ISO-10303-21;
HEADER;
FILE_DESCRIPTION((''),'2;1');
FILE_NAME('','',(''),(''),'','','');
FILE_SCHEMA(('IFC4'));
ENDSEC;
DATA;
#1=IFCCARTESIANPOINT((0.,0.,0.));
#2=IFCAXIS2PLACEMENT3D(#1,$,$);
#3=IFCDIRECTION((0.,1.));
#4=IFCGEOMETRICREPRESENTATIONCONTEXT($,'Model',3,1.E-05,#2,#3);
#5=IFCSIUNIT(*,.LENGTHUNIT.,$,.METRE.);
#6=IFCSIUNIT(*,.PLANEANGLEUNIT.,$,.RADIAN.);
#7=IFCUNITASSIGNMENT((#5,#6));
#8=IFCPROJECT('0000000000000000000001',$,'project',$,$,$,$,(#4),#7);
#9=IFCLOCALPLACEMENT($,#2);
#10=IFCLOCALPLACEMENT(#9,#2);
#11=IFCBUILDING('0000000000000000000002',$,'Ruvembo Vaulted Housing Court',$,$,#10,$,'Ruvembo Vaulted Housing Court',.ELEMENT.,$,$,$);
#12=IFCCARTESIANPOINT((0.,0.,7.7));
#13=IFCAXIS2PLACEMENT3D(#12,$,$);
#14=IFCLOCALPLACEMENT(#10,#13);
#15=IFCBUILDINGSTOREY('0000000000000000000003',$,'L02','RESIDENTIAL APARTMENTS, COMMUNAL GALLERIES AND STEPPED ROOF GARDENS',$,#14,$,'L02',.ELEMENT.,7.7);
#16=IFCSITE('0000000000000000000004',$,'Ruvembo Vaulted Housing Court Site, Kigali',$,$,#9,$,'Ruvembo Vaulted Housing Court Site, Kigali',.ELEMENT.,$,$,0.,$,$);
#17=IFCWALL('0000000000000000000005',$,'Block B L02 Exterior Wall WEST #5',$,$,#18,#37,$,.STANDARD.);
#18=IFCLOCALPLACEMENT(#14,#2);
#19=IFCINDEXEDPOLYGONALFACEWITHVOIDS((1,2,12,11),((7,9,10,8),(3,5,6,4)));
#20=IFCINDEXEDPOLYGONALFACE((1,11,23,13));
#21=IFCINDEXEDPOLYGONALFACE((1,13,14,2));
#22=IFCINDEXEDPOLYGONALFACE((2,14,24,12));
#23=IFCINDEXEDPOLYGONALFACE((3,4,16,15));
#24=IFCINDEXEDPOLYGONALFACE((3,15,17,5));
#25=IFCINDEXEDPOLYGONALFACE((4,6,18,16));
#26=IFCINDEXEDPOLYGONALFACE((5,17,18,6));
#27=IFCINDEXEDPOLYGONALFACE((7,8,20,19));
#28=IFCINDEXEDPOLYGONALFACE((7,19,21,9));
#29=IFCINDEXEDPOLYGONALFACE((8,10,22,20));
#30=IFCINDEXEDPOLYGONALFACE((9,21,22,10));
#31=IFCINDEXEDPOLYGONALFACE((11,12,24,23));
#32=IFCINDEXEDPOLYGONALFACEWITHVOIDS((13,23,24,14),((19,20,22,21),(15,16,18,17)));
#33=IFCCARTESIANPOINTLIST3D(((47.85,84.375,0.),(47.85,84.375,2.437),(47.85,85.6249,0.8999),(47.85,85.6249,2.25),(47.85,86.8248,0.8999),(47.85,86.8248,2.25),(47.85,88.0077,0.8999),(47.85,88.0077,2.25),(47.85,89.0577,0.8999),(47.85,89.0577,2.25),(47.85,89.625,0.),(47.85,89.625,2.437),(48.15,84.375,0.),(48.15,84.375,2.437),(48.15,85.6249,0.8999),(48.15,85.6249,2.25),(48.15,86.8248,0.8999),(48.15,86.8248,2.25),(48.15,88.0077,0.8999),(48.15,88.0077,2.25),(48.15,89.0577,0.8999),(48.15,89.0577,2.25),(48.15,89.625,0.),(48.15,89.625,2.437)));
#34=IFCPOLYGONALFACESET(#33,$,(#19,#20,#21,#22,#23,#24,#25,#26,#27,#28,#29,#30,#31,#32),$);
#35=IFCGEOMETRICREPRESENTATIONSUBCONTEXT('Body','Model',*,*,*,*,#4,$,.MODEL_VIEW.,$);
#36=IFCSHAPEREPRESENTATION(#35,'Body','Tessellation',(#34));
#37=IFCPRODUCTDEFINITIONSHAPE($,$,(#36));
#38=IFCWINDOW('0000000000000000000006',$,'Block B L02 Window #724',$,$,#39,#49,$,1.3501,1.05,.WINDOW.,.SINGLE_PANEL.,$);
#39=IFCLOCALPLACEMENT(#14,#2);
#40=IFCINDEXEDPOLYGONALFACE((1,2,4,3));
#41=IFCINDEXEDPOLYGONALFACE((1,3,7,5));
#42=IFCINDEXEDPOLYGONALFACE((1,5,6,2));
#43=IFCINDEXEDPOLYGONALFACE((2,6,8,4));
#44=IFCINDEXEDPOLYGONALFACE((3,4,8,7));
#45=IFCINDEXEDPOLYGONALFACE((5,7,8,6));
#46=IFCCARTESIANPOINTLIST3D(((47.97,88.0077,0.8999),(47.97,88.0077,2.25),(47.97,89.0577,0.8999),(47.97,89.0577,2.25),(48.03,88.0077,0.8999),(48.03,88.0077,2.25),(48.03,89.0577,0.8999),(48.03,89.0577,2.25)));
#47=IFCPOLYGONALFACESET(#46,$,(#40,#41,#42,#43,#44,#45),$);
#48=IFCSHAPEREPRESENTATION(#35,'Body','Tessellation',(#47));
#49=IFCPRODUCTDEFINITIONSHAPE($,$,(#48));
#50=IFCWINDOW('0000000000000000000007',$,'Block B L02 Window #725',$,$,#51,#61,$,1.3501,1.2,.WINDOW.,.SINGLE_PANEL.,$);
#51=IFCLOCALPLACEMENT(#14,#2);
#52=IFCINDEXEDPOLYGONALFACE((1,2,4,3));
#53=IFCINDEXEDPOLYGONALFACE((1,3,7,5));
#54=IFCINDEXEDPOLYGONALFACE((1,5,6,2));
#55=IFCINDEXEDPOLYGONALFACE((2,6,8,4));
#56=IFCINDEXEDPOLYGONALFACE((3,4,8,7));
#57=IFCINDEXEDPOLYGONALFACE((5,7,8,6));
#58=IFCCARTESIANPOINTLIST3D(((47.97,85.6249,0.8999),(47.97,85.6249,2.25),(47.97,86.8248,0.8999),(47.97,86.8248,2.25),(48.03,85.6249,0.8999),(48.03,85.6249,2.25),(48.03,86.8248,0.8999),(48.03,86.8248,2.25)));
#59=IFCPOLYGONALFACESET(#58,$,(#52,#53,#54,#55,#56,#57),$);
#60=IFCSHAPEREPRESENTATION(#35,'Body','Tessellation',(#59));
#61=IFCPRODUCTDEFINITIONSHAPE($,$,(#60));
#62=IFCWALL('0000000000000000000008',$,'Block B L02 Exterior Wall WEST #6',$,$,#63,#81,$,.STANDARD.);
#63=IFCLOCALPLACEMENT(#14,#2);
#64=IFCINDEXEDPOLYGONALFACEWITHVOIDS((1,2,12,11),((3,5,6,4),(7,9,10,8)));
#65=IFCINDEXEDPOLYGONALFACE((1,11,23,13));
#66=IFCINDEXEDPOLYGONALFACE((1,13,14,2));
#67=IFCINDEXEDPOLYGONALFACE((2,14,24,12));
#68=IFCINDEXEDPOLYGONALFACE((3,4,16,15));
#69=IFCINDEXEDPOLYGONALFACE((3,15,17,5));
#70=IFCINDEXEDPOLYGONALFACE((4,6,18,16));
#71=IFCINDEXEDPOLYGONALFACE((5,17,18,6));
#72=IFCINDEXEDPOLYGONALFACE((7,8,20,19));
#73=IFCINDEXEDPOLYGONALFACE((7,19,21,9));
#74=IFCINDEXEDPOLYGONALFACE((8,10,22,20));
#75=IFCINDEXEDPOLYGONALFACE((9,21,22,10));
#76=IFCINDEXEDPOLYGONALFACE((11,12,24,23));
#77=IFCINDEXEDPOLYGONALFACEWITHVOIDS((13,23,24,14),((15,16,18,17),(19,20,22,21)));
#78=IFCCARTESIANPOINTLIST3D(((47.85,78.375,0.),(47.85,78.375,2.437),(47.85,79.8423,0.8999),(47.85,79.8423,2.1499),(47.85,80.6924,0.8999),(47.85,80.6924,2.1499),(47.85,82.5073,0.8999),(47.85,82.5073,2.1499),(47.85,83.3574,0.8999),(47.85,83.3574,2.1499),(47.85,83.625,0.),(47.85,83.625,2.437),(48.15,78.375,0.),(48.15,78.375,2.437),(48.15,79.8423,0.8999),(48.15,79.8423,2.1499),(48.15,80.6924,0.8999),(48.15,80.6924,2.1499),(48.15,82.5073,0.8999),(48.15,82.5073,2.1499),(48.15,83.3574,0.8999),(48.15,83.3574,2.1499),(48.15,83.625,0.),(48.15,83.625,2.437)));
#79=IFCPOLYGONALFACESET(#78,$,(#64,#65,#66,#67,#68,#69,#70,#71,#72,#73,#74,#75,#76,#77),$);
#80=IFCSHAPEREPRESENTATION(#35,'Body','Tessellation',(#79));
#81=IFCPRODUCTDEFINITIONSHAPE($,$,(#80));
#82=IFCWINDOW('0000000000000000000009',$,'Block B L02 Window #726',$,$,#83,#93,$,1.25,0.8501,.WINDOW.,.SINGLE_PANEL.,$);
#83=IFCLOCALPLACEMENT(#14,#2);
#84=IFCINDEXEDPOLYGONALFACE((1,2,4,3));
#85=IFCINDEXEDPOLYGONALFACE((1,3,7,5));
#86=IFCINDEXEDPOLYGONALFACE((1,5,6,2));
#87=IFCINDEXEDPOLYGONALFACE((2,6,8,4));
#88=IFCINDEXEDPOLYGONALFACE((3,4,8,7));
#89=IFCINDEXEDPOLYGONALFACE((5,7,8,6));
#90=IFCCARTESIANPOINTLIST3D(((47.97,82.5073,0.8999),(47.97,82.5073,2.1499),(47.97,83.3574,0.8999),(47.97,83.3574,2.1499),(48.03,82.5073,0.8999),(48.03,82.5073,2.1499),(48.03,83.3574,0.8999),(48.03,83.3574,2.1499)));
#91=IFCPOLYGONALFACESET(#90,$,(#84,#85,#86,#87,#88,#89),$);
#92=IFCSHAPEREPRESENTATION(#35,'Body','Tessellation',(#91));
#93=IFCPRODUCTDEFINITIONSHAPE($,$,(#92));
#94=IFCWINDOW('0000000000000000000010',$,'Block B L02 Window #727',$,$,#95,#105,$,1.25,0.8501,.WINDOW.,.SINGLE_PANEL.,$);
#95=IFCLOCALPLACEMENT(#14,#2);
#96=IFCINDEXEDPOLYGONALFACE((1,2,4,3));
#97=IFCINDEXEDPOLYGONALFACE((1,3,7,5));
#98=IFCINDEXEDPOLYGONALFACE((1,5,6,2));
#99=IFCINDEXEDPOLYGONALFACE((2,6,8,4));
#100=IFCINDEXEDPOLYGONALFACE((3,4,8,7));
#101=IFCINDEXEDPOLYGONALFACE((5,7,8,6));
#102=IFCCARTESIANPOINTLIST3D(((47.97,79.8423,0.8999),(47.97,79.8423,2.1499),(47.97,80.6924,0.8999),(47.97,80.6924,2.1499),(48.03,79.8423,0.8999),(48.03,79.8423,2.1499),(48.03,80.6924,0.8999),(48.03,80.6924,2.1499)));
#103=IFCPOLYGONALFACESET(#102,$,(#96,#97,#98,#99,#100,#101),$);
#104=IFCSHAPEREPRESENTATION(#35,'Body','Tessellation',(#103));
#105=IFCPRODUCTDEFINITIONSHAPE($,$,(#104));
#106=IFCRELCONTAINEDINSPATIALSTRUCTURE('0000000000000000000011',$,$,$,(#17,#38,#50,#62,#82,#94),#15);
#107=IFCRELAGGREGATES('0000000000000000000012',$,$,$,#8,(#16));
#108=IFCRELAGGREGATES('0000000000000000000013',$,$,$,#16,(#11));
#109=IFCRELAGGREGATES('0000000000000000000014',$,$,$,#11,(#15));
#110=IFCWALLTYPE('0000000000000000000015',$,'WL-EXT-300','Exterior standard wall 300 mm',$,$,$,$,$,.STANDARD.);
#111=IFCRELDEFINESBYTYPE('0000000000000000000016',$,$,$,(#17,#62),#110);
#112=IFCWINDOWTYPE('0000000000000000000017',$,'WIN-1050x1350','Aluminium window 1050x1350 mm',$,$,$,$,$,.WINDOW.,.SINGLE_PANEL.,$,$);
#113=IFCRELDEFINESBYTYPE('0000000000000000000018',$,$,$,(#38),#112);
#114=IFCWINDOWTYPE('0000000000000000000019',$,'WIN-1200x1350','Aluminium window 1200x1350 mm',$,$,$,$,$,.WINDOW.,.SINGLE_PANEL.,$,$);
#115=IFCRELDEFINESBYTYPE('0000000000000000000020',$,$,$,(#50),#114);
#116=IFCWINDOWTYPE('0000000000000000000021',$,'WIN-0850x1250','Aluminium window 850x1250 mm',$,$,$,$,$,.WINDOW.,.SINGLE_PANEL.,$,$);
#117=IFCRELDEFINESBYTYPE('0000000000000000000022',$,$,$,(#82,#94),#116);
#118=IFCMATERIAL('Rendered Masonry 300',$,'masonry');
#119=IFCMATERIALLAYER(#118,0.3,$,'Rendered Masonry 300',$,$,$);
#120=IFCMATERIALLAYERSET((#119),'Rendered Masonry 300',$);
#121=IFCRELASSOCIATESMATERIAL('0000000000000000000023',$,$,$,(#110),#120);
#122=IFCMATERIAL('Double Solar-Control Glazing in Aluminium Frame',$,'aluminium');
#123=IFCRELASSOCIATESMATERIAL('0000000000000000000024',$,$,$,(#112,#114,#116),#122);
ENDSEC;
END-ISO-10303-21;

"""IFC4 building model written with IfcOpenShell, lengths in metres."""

from ifc_helpers import new_model, si_unit, direction, frame, frame_2d, origin, place, context, subcontext, project, spatial, rectangle, extrude, material, layer, layer_set, type_object, element, fill, save


model = new_model("IFC4")

# Units and contexts
model_context = context("Model", 3, precision=1e-05, world=origin(), true_north=direction((0.0, 1.0)))
body_context = subcontext(model_context, "Body", "Model", "MODEL_VIEW")
ifc_project = project(units=[si_unit("LENGTHUNIT", "METRE"), si_unit("PLANEANGLEUNIT", "RADIAN")], contexts=[model_context])

# Site, building, storey
site_placement = place(None, origin())
site = spatial("IfcSite", under=ifc_project, at=site_placement, Name="Ruvembo Vaulted Housing Court Site, Kigali", LongName="Ruvembo Vaulted Housing Court Site, Kigali", CompositionType="ELEMENT", RefElevation=0.0)
building_placement = place(site_placement, origin())
building = spatial("IfcBuilding", under=site, at=building_placement, Name="Ruvembo Vaulted Housing Court", LongName="Ruvembo Vaulted Housing Court", CompositionType="ELEMENT")
storey_placement = place(building_placement, frame((0.0, 0.0, 7.7)))
storey = spatial("IfcBuildingStorey", under=building, at=storey_placement, Name="L02", Description="RESIDENTIAL APARTMENTS, COMMUNAL GALLERIES AND STEPPED ROOF GARDENS", LongName="L02", CompositionType="ELEMENT", Elevation=7.7)

# Walls, openings, windows
ifc_material_1 = material(Name="Rendered Masonry 300", Category="masonry")
ifc_layer_1 = layer(ifc_material_1, 0.3, Name="Rendered Masonry 300")
ifc_layer_set_1 = layer_set([ifc_layer_1], Name="Rendered Masonry 300")
wall_type = type_object("IfcWallType", Name="WL-EXT-300", Description="Exterior standard wall 300 mm", PredefinedType="STANDARD", material=ifc_layer_set_1)
wall_1_placement = place(storey_placement, frame((48.0, 89.625, 0.0), z_axis=(0.0, 0.0, 1.0), x_axis=(0.0, -1.0, 0.0)))
wall_1 = element("IfcWall", 1, at=wall_1_placement, inside=storey, type_object=wall_type, Name="Block B L02 Exterior Wall WEST #5", PredefinedType="STANDARD", context=body_context, shape_type="SweptSolid", body=[
    extrude(rectangle(XDim=5.25, YDim=0.3, at=frame_2d((2.625, 0.0))), origin(), (0.0, 0.0, 1.0), 2.437),
])
opening_1_placement = place(wall_1_placement, frame((0.5674, 0.0, 0.8999)))
opening_1 = element("IfcOpeningElement", 2, at=opening_1_placement, cuts=wall_1, PredefinedType="OPENING", context=body_context, shape_type="SweptSolid", body=[
    extrude(rectangle(XDim=1.05, YDim=1.3501, at=frame_2d((0.5249, 0.675))), frame((0.0, 0.1599, 0.0), z_axis=(0.0, -1.0, 0.0), x_axis=(1.0, 0.0, 0.0)), (0.0, 0.0, 1.0), 0.3201),
])
opening_2_placement = place(wall_1_placement, frame((2.8, 0.0, 0.8999)))
opening_2 = element("IfcOpeningElement", 3, at=opening_2_placement, cuts=wall_1, PredefinedType="OPENING", context=body_context, shape_type="SweptSolid", body=[
    extrude(rectangle(XDim=1.2, YDim=1.3501, at=frame_2d((0.6001, 0.675))), frame((0.0, 0.1599, 0.0), z_axis=(0.0, -1.0, 0.0), x_axis=(1.0, 0.0, 0.0)), (0.0, 0.0, 1.0), 0.3201),
])
ifc_material_2 = material(Name="Double Solar-Control Glazing in Aluminium Frame", Category="aluminium")
window_type_1 = type_object("IfcWindowType", Name="WIN-1050x1350", Description="Aluminium window 1050x1350 mm", PartitioningType="SINGLE_PANEL", PredefinedType="WINDOW", material=ifc_material_2)
window_1_placement = place(opening_1_placement, origin())
window_1 = element("IfcWindow", 4, at=window_1_placement, inside=storey, type_object=window_type_1, Name="Block B L02 Window #724", OverallHeight=1.3501, OverallWidth=1.05, PartitioningType="SINGLE_PANEL", PredefinedType="WINDOW", context=body_context, shape_type="SweptSolid", body=[
    extrude(rectangle(XDim=1.05, YDim=1.3501, at=frame_2d((0.5249, 0.675))), frame((0.0, 0.03, 0.0), z_axis=(0.0, -1.0, 0.0), x_axis=(1.0, 0.0, 0.0)), (0.0, 0.0, 1.0), 0.0601),
])
fill(opening_1, window_1)
window_type_2 = type_object("IfcWindowType", Name="WIN-1200x1350", Description="Aluminium window 1200x1350 mm", PartitioningType="SINGLE_PANEL", PredefinedType="WINDOW", material=ifc_material_2)
window_2_placement = place(opening_2_placement, origin())
window_2 = element("IfcWindow", 5, at=window_2_placement, inside=storey, type_object=window_type_2, Name="Block B L02 Window #725", OverallHeight=1.3501, OverallWidth=1.2, PartitioningType="SINGLE_PANEL", PredefinedType="WINDOW", context=body_context, shape_type="SweptSolid", body=[
    extrude(rectangle(XDim=1.2, YDim=1.3501, at=frame_2d((0.6001, 0.675))), frame((0.0, 0.03, 0.0), z_axis=(0.0, -1.0, 0.0), x_axis=(1.0, 0.0, 0.0)), (0.0, 0.0, 1.0), 0.0601),
])
fill(opening_2, window_2)
wall_2_placement = place(storey_placement, frame((48.0, 83.625, 0.0), z_axis=(0.0, 0.0, 1.0), x_axis=(0.0, -1.0, 0.0)))
wall_2 = element("IfcWall", 6, at=wall_2_placement, inside=storey, type_object=wall_type, Name="Block B L02 Exterior Wall WEST #6", PredefinedType="STANDARD", context=body_context, shape_type="SweptSolid", body=[
    extrude(rectangle(XDim=5.25, YDim=0.3, at=frame_2d((2.625, 0.0))), origin(), (0.0, 0.0, 1.0), 2.437),
])
opening_3_placement = place(wall_2_placement, frame((0.2676, 0.0, 0.8999)))
opening_3 = element("IfcOpeningElement", 7, at=opening_3_placement, cuts=wall_2, PredefinedType="OPENING", context=body_context, shape_type="SweptSolid", body=[
    extrude(rectangle(XDim=0.8501, YDim=1.25, at=frame_2d((0.425, 0.625))), frame((0.0, 0.1599, 0.0), z_axis=(0.0, -1.0, 0.0), x_axis=(1.0, 0.0, 0.0)), (0.0, 0.0, 1.0), 0.3201),
])
opening_4_placement = place(wall_2_placement, frame((2.9326, 0.0, 0.8999)))
opening_4 = element("IfcOpeningElement", 8, at=opening_4_placement, cuts=wall_2, PredefinedType="OPENING", context=body_context, shape_type="SweptSolid", body=[
    extrude(rectangle(XDim=0.8501, YDim=1.25, at=frame_2d((0.425, 0.625))), frame((0.0, 0.1599, 0.0), z_axis=(0.0, -1.0, 0.0), x_axis=(1.0, 0.0, 0.0)), (0.0, 0.0, 1.0), 0.3201),
])
window_type_3 = type_object("IfcWindowType", Name="WIN-0850x1250", Description="Aluminium window 850x1250 mm", PartitioningType="SINGLE_PANEL", PredefinedType="WINDOW", material=ifc_material_2)
window_3_placement = place(opening_3_placement, origin())
window_3 = element("IfcWindow", 9, at=window_3_placement, inside=storey, type_object=window_type_3, Name="Block B L02 Window #726", OverallHeight=1.25, OverallWidth=0.8501, PartitioningType="SINGLE_PANEL", PredefinedType="WINDOW", context=body_context, shape_type="SweptSolid", body=[
    extrude(rectangle(XDim=0.8501, YDim=1.25, at=frame_2d((0.425, 0.625))), frame((0.0, 0.03, 0.0), z_axis=(0.0, -1.0, 0.0), x_axis=(1.0, 0.0, 0.0)), (0.0, 0.0, 1.0), 0.0601),
])
fill(opening_3, window_3)
window_4_placement = place(opening_4_placement, origin())
window_4 = element("IfcWindow", 10, at=window_4_placement, inside=storey, type_object=window_type_3, Name="Block B L02 Window #727", OverallHeight=1.25, OverallWidth=0.8501, PartitioningType="SINGLE_PANEL", PredefinedType="WINDOW", context=body_context, shape_type="SweptSolid", body=[
    extrude(rectangle(XDim=0.8501, YDim=1.25, at=frame_2d((0.425, 0.625))), frame((0.0, 0.03, 0.0), z_axis=(0.0, -1.0, 0.0), x_axis=(1.0, 0.0, 0.0)), (0.0, 0.0, 1.0), 0.0601),
])
fill(opening_4, window_4)

save(model, "model.ifc")
